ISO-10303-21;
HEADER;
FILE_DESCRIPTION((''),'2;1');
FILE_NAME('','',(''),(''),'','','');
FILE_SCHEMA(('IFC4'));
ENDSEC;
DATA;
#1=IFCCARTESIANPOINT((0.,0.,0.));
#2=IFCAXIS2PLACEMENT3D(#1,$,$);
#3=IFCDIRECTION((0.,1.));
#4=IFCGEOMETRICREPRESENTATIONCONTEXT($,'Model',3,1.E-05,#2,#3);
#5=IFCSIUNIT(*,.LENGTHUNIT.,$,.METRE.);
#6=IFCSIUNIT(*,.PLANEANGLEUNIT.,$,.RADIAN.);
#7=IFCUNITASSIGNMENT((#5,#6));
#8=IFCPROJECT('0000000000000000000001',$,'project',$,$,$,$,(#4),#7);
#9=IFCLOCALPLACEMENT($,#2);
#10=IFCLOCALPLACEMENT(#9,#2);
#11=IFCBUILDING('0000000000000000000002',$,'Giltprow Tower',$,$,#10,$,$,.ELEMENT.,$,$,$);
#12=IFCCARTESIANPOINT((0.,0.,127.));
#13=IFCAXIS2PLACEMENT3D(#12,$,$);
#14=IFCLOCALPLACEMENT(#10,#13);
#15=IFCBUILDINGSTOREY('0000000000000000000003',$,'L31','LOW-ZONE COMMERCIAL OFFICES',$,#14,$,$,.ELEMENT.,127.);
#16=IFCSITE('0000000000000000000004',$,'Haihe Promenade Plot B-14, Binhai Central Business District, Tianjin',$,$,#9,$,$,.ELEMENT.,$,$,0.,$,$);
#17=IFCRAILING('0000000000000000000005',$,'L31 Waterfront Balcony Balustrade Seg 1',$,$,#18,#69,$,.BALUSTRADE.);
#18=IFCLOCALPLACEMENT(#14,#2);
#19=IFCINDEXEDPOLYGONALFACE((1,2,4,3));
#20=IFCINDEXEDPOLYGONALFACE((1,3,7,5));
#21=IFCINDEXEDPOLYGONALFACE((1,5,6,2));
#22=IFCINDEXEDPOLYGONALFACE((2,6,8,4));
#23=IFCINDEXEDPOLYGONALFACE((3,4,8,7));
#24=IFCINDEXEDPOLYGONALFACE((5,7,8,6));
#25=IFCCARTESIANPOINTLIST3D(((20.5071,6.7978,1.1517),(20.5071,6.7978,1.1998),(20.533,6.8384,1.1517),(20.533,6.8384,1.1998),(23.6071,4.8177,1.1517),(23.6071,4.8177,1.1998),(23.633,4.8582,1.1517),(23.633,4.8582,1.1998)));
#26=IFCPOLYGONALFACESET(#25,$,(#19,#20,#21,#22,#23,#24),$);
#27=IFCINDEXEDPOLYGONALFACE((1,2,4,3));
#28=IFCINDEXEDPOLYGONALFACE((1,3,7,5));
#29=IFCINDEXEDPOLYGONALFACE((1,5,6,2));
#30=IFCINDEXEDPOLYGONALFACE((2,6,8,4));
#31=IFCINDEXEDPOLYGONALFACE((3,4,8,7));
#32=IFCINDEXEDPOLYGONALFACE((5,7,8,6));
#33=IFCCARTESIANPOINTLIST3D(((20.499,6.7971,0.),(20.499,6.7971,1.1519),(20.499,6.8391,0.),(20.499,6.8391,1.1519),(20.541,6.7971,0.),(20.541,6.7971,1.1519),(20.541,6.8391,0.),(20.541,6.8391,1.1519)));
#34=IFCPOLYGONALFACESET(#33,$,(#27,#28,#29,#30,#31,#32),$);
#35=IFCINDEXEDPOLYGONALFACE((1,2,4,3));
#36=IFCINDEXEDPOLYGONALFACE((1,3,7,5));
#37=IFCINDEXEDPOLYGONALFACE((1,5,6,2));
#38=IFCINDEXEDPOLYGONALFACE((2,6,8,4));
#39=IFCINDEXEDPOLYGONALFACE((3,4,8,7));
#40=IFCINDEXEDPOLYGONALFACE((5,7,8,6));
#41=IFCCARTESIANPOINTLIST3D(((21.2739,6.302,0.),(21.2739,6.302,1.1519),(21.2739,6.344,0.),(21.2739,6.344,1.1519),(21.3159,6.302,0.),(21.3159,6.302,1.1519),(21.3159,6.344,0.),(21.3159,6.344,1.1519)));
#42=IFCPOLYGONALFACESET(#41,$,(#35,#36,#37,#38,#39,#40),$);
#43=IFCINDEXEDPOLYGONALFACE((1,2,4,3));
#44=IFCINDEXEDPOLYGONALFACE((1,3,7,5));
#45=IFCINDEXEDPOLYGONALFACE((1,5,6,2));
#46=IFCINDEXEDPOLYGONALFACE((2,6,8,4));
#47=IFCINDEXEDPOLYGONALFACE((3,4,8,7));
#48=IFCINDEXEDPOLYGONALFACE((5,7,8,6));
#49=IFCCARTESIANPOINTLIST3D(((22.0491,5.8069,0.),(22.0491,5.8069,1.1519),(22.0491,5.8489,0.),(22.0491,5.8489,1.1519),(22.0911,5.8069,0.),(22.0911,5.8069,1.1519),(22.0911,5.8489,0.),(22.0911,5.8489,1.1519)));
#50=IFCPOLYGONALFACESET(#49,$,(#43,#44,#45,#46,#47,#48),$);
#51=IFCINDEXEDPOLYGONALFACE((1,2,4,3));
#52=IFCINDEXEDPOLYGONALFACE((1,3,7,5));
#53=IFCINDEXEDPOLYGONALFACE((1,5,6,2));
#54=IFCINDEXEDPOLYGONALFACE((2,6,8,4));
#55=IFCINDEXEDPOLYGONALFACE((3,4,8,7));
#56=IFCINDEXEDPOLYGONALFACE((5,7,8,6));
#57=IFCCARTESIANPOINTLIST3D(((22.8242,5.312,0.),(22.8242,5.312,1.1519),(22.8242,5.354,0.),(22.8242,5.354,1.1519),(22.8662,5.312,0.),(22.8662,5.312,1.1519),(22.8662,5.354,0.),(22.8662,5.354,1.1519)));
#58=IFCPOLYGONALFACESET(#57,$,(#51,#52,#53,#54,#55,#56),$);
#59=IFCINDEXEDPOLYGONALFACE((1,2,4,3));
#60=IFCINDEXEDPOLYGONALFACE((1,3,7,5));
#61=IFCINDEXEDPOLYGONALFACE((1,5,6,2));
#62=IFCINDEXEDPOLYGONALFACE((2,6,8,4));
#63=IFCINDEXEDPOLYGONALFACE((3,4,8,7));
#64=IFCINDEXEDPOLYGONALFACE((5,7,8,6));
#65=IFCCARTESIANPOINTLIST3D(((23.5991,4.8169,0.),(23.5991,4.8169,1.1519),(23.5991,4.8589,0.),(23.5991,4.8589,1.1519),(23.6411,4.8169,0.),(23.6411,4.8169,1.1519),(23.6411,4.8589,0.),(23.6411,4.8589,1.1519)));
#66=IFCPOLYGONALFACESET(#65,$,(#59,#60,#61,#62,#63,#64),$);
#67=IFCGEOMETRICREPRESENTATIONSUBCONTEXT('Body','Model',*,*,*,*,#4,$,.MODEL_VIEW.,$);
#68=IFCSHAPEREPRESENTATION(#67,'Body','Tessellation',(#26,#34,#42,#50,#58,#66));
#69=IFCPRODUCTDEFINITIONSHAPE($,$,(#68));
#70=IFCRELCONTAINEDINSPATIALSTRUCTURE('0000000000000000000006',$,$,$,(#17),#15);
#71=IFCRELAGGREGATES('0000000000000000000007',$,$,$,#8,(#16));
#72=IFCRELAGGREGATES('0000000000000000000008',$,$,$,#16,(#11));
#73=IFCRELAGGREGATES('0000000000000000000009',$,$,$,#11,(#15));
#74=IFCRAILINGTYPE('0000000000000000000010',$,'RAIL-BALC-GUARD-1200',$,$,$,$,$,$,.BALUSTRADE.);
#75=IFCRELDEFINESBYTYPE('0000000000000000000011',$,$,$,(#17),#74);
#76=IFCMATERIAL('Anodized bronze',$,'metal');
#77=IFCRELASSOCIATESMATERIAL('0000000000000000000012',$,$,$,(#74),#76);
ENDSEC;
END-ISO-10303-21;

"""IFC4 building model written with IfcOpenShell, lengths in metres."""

from ifc_helpers import new_model, si_unit, direction, frame, origin, origin_2d, place, context, subcontext, project, spatial, rectangle, extrude, material, type_object, element, save


model = new_model("IFC4")

# Units and contexts
model_context = context("Model", 3, precision=1e-05, world=origin(), true_north=direction((0.0, 1.0)))
body_context = subcontext(model_context, "Body", "Model", "MODEL_VIEW")
ifc_project = project(units=[si_unit("LENGTHUNIT", "METRE"), si_unit("PLANEANGLEUNIT", "RADIAN")], contexts=[model_context])

# Site, building, storey
site_placement = place(None, origin())
site = spatial("IfcSite", under=ifc_project, at=site_placement, Name="Haihe Promenade Plot B-14, Binhai Central Business District, Tianjin", CompositionType="ELEMENT", RefElevation=0.0)
building_placement = place(site_placement, origin())
building = spatial("IfcBuilding", under=site, at=building_placement, Name="Giltprow Tower", CompositionType="ELEMENT")
storey_placement = place(building_placement, frame((0.0, 0.0, 127.0)))
storey = spatial("IfcBuildingStorey", under=building, at=storey_placement, Name="L31", Description="LOW-ZONE COMMERCIAL OFFICES", CompositionType="ELEMENT", Elevation=127.0)

# Shared definitions
ifc_material_1 = material(Name="Anodized bronze", Category="metal")

# Railing
railing_type = type_object("IfcRailingType", Name="RAIL-BALC-GUARD-1200", PredefinedType="BALUSTRADE", material=ifc_material_1)
railing_1_placement = place(storey_placement, frame((20.52, 6.8181, 0.0)))
element("IfcRailing", 1, at=railing_1_placement, inside=storey, type_object=railing_type, Name="L31 Waterfront Balcony Balustrade Seg 1", PredefinedType="BALUSTRADE", context=body_context, shape_type="SweptSolid", body=[
    extrude(rectangle(XDim=0.0481, YDim=0.0481, at=origin_2d()), frame((0.0, 0.0, 1.1758), z_axis=(0.842745, -0.538313, 0.0), x_axis=(0.538313, 0.842745, 0.0)), (0.0, 0.0, 1.0), 3.6785),
    extrude(rectangle(XDim=0.042, YDim=0.042, at=origin_2d()), origin(), (0.0, 0.0, 1.0), 1.1519),
    extrude(rectangle(XDim=0.042, YDim=0.042, at=origin_2d()), frame((0.7749, -0.4951, 0.0)), (0.0, 0.0, 1.0), 1.1519),
    extrude(rectangle(XDim=0.042, YDim=0.042, at=origin_2d()), frame((1.55, -0.9902, 0.0)), (0.0, 0.0, 1.0), 1.1519),
    extrude(rectangle(XDim=0.042, YDim=0.042, at=origin_2d()), frame((2.3252, -1.4851, 0.0)), (0.0, 0.0, 1.0), 1.1519),
    extrude(rectangle(XDim=0.042, YDim=0.042, at=origin_2d()), frame((3.1001, -1.9802, 0.0)), (0.0, 0.0, 1.0), 1.1519),
])

save(model, "model.ifc")
